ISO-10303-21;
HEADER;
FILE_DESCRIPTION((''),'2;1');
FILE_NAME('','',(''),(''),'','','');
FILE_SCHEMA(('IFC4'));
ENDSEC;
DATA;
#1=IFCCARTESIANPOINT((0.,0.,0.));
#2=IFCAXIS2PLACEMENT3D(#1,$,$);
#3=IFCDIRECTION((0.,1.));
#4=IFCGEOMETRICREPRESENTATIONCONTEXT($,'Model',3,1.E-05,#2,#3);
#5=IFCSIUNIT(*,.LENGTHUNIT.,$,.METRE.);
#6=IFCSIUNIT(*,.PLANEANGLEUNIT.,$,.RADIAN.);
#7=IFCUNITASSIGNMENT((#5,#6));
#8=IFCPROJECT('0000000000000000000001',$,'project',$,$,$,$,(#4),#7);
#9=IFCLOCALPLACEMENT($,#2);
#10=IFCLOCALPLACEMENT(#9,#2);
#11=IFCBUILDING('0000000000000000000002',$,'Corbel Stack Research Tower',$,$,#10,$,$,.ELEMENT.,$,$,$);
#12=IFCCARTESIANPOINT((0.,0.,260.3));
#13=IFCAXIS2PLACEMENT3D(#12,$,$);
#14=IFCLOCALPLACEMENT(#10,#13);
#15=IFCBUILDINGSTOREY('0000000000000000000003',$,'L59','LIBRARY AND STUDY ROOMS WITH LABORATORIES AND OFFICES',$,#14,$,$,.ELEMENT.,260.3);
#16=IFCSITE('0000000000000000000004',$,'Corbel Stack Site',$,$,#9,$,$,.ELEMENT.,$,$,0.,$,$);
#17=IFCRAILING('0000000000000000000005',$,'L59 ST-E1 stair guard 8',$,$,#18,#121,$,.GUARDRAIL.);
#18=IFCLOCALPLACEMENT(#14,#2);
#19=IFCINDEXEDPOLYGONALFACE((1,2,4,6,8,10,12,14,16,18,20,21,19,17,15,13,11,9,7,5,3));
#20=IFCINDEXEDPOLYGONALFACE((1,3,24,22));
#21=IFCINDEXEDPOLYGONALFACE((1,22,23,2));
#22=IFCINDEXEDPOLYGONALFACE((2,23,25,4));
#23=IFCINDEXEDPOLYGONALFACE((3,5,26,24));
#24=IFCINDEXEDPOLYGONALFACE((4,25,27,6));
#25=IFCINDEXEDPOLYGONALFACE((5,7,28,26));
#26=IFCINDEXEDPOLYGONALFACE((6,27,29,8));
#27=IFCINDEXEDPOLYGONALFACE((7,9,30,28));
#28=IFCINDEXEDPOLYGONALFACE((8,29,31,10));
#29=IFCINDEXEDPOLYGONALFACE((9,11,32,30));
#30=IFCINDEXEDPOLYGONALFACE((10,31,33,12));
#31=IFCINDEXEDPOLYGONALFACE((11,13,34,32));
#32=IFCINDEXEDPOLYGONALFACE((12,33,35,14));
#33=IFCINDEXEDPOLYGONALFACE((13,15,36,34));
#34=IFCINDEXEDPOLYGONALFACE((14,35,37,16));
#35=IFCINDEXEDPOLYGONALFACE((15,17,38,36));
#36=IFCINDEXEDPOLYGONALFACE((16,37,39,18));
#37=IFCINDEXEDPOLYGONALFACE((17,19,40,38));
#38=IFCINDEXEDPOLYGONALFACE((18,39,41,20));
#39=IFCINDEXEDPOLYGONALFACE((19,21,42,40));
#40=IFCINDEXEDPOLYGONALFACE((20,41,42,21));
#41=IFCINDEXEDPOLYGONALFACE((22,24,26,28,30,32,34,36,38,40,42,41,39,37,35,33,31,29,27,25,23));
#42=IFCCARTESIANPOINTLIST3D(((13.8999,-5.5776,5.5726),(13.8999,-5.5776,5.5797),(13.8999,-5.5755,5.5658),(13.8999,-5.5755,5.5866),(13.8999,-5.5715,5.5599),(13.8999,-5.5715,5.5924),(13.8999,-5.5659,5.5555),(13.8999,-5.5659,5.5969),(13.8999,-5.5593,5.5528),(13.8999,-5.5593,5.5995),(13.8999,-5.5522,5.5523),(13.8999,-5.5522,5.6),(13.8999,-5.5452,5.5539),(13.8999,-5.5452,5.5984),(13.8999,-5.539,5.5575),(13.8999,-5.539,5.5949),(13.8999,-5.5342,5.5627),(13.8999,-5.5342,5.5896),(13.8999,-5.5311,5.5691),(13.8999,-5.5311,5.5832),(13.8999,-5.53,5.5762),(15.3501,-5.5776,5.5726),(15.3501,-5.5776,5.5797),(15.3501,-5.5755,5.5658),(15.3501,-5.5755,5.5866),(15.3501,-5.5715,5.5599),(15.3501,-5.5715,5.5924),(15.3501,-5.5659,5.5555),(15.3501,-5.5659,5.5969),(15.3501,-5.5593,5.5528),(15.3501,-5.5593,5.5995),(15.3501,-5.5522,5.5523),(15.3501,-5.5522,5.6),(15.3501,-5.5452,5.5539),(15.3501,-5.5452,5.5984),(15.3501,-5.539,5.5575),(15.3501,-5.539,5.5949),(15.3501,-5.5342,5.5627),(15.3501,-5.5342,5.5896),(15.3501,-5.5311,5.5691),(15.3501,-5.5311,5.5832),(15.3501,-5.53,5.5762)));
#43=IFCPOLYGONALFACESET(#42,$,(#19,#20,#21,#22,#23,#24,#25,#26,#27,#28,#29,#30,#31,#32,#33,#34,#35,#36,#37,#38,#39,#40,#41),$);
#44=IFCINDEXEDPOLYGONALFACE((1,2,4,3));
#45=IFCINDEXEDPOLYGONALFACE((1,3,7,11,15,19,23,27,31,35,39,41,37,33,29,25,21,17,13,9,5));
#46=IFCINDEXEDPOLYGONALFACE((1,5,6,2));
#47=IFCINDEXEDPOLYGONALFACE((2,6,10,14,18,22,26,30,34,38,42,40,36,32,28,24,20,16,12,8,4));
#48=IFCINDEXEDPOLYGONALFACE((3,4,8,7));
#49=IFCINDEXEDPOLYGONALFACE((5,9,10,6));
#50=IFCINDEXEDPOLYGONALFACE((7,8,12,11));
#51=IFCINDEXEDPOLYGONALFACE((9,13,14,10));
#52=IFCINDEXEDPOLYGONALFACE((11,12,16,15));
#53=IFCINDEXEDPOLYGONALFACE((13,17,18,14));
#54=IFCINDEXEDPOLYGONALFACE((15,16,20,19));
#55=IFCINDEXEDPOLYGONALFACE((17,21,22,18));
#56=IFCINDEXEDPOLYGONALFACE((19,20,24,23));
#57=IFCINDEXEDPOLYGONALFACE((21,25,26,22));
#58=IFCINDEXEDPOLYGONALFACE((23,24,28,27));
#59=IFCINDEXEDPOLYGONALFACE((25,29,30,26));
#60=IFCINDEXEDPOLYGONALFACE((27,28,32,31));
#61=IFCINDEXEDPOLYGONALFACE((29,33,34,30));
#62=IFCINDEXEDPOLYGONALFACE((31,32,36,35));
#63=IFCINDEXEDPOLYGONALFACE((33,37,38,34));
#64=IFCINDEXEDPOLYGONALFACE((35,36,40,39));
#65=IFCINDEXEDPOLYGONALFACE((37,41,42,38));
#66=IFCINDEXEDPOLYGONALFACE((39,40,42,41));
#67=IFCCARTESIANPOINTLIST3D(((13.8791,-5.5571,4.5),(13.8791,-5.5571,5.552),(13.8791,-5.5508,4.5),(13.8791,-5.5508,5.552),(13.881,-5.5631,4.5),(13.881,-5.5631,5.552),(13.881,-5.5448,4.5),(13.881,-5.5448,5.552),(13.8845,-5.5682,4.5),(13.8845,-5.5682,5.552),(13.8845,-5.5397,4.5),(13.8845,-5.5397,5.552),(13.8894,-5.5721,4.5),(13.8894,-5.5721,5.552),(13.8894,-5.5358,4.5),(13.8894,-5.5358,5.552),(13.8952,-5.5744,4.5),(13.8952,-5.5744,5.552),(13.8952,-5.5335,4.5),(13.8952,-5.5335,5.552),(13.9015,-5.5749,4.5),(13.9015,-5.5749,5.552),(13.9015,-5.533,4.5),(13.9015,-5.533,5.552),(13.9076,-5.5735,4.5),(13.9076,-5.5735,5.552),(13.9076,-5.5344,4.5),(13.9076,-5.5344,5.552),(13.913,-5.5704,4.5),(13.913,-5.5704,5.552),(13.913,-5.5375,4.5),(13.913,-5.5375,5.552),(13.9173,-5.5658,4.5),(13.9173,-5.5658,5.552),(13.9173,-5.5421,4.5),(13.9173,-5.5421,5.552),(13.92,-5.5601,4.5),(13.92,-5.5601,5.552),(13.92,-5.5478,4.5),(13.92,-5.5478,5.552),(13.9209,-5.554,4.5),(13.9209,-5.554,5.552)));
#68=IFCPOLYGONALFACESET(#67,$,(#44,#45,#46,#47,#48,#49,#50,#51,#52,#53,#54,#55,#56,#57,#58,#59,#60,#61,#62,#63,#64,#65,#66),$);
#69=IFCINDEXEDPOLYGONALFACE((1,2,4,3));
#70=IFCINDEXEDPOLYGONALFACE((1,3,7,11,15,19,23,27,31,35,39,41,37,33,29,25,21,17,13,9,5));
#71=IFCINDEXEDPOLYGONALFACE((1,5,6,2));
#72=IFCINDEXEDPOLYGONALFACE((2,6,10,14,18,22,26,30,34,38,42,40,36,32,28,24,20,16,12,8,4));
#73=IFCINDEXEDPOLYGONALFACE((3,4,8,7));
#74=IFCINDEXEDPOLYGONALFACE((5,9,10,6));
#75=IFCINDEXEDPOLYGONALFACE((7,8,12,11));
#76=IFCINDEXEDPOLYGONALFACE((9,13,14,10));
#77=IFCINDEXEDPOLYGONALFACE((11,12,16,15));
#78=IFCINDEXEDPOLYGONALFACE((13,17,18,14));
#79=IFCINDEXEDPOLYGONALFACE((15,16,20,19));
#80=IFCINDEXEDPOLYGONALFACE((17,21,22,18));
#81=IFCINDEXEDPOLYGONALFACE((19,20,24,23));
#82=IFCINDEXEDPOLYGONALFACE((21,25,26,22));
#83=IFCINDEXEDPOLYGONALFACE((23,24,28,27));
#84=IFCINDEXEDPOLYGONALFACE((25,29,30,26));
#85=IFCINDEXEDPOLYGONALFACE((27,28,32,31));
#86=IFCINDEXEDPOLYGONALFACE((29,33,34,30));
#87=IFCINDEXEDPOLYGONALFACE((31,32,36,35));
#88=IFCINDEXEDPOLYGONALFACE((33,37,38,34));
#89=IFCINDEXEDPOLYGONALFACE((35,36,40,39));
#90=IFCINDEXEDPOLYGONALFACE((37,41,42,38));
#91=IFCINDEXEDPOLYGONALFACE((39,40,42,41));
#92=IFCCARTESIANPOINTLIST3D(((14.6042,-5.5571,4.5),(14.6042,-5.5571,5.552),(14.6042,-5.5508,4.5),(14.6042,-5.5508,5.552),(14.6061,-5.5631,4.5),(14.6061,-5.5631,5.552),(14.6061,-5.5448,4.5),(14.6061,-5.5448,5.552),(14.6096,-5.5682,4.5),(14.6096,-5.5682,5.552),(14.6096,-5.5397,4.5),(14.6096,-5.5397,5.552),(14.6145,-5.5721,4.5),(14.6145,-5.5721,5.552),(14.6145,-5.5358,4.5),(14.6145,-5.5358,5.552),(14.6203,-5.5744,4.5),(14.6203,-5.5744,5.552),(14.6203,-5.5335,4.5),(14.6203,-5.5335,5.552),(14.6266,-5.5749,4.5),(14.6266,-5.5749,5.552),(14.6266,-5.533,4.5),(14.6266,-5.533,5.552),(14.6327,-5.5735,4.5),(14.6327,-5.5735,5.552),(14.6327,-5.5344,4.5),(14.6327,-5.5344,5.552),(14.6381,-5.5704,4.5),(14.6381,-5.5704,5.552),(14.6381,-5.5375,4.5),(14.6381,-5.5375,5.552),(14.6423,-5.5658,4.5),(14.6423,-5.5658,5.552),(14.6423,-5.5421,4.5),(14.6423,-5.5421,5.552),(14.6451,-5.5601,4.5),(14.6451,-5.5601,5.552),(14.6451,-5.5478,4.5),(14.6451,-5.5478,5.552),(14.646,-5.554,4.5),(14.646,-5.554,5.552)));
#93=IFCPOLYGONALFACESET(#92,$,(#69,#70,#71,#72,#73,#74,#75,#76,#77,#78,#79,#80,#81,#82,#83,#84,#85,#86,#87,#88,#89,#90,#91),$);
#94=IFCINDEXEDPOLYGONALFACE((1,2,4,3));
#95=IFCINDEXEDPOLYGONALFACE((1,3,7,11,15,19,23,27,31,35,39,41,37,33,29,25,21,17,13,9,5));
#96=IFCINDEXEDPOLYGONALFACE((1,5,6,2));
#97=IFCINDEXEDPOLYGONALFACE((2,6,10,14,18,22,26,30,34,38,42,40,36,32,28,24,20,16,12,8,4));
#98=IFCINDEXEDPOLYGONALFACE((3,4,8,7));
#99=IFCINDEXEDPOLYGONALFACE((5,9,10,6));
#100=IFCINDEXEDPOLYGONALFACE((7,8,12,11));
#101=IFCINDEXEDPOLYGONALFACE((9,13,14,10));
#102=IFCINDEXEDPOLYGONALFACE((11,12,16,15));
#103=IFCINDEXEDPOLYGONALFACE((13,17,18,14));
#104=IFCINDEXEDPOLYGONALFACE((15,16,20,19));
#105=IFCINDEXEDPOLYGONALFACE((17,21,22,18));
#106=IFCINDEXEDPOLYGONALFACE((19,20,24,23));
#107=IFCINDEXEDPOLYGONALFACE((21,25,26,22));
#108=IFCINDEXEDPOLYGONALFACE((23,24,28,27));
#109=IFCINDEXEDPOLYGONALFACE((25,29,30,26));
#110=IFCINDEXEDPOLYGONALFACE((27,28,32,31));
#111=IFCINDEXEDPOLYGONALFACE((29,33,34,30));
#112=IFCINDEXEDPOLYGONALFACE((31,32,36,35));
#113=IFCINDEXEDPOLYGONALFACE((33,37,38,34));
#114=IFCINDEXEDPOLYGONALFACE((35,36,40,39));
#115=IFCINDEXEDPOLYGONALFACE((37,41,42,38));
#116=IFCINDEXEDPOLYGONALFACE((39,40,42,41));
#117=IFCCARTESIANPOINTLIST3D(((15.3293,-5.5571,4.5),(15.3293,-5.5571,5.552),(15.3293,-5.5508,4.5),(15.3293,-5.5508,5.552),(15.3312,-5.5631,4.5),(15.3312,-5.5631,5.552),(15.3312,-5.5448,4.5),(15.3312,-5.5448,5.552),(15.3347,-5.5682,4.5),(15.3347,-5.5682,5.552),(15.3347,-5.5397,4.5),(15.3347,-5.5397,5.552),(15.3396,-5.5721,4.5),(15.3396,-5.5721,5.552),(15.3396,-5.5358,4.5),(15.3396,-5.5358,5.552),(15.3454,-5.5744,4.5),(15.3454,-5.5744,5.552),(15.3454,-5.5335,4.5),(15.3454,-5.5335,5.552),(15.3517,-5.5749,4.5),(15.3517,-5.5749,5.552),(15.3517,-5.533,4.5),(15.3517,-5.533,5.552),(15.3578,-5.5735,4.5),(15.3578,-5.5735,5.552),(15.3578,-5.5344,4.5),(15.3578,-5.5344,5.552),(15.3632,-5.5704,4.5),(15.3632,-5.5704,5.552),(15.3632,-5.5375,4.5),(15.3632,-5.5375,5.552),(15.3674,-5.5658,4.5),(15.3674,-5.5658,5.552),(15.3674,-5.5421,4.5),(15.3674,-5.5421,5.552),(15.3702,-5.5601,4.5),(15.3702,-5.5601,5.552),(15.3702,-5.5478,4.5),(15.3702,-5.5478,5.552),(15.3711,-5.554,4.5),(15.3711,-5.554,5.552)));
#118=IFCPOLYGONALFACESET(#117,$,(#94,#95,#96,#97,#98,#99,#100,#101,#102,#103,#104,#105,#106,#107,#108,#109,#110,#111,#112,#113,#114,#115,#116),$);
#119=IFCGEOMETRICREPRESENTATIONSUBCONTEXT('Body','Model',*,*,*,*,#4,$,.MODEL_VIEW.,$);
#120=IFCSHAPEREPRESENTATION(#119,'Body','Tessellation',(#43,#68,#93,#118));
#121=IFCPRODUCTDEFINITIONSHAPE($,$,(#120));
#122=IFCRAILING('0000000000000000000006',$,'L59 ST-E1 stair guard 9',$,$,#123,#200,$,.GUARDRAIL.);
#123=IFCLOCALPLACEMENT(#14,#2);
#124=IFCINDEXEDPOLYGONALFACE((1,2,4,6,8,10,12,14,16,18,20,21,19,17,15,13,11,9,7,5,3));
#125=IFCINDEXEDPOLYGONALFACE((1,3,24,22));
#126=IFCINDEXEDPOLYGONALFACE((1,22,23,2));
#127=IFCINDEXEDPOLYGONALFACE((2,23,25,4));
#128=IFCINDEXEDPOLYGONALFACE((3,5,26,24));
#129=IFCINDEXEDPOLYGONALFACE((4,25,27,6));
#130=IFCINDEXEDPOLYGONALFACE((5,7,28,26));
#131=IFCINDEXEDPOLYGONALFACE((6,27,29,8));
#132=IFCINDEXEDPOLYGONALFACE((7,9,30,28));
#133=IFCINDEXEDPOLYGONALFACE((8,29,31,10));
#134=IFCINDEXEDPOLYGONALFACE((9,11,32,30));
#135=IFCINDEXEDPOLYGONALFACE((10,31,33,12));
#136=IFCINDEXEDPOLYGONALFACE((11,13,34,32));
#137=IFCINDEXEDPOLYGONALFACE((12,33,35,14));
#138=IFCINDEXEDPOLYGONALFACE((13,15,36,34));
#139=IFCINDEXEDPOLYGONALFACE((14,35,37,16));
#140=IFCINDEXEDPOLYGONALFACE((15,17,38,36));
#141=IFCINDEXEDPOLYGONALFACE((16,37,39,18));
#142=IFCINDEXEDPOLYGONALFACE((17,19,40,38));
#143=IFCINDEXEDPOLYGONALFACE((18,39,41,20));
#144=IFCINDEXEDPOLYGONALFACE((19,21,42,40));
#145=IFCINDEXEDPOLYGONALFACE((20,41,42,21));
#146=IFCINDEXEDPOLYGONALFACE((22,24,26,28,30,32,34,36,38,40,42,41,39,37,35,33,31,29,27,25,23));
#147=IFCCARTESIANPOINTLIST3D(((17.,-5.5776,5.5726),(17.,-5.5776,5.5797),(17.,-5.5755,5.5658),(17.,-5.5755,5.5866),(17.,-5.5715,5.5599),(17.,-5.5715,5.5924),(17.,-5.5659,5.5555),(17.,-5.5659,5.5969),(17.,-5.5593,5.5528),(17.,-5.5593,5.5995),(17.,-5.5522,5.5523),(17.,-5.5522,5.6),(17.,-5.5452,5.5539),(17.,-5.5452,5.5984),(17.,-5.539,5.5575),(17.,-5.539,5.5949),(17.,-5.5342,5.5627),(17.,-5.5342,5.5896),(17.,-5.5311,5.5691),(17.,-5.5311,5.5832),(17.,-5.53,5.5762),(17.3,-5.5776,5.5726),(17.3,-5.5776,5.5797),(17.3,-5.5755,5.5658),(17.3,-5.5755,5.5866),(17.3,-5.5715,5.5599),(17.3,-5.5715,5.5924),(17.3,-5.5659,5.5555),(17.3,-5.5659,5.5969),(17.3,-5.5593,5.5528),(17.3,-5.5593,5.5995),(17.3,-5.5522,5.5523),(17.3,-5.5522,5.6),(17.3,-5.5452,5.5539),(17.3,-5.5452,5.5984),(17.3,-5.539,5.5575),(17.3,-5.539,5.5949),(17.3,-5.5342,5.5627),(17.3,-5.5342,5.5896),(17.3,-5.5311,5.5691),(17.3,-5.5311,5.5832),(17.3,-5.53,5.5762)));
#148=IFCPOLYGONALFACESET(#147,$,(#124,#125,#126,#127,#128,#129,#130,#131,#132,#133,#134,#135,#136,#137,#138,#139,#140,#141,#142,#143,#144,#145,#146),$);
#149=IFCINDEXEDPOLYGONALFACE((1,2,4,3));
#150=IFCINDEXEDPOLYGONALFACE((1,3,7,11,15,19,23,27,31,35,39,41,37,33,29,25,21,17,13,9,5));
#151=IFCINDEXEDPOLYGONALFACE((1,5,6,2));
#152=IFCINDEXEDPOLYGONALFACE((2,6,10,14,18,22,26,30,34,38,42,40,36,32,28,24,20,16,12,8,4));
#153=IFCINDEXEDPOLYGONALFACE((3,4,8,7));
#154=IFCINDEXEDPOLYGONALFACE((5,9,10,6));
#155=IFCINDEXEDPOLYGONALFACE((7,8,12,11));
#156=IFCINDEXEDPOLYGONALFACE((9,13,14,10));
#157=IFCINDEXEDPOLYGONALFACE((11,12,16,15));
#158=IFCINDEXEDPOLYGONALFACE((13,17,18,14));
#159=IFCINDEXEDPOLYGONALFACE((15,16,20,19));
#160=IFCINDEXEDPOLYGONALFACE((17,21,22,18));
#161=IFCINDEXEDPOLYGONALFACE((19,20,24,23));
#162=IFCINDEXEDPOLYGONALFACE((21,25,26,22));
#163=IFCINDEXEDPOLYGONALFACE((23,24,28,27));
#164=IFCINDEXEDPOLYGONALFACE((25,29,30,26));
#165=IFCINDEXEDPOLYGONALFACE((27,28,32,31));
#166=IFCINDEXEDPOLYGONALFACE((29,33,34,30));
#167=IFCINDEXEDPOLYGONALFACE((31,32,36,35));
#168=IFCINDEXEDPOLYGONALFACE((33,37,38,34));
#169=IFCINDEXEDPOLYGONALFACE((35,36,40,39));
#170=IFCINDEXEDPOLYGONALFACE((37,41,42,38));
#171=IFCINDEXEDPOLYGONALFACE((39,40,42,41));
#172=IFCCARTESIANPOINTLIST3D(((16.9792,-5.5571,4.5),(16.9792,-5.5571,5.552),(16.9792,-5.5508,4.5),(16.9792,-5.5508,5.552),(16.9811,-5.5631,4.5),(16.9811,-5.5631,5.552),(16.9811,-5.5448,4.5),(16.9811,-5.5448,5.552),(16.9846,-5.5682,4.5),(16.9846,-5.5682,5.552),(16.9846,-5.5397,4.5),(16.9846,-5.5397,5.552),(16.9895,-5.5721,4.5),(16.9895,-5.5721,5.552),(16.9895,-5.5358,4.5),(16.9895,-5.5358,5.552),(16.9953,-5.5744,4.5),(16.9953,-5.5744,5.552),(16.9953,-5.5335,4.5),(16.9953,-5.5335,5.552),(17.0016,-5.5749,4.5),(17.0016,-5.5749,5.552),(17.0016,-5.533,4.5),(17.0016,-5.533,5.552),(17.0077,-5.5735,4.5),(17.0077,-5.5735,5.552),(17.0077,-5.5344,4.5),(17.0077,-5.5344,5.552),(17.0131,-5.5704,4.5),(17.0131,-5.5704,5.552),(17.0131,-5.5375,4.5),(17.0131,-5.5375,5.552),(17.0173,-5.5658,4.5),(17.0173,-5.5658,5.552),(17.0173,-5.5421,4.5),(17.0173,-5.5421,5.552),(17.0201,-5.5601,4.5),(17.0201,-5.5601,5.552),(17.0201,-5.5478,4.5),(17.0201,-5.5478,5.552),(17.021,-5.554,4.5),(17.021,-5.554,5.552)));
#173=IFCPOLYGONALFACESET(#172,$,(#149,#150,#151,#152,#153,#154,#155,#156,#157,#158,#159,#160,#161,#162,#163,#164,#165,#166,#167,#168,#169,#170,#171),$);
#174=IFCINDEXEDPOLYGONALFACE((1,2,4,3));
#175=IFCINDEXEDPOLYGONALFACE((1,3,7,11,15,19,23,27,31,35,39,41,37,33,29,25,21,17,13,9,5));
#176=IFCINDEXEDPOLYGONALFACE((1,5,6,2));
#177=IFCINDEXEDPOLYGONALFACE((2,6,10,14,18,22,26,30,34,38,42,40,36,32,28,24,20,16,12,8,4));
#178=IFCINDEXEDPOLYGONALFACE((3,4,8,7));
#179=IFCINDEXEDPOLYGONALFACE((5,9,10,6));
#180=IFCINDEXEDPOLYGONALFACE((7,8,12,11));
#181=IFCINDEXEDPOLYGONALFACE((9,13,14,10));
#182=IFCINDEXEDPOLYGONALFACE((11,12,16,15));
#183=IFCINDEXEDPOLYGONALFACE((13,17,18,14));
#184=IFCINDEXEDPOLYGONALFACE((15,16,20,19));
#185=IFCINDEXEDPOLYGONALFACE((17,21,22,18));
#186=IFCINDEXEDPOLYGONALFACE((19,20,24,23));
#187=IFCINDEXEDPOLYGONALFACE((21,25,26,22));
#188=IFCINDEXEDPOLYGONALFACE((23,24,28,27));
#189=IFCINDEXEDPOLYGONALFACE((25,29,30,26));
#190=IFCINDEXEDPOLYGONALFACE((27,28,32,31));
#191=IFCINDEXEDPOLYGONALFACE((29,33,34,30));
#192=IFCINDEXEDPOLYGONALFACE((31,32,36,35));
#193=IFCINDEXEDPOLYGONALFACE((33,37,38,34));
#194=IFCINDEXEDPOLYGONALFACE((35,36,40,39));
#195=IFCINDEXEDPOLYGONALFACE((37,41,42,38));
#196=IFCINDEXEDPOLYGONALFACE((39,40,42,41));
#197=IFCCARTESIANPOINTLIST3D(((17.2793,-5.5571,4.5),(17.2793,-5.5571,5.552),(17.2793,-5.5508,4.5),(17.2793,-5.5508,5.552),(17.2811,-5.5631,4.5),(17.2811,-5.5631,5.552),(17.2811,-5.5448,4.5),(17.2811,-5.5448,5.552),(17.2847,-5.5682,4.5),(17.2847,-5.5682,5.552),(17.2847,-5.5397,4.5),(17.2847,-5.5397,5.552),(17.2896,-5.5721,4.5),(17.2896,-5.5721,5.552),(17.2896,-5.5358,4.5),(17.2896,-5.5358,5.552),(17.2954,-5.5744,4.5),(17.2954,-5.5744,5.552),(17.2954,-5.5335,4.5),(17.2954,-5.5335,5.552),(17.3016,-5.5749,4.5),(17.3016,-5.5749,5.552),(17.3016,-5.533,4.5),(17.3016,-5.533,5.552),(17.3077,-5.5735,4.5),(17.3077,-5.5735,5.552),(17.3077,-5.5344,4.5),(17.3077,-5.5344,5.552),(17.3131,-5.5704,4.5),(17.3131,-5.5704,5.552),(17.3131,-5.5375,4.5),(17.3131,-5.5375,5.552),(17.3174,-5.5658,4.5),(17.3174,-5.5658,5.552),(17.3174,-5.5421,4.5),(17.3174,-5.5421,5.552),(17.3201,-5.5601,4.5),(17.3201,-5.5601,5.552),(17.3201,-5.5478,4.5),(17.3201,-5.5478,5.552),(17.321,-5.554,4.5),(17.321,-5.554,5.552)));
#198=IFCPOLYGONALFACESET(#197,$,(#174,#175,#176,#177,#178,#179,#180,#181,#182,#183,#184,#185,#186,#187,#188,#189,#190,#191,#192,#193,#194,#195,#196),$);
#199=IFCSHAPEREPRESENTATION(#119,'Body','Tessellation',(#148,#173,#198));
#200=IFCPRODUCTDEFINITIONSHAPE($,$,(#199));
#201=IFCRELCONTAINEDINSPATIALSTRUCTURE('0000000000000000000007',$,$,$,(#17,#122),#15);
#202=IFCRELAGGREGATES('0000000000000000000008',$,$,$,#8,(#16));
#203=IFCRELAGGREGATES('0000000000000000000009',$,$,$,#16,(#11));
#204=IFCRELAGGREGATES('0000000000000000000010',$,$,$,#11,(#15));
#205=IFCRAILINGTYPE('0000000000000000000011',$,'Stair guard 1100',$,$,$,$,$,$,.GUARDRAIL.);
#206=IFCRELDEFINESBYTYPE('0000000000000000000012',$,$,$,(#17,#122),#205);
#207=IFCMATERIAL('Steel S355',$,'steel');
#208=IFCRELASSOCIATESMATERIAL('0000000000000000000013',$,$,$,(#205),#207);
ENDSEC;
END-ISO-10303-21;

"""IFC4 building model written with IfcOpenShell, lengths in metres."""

from ifc_helpers import new_model, si_unit, direction, frame, origin, origin_2d, place, context, subcontext, project, spatial, circle, extrude, material, type_object, element, save


model = new_model("IFC4")

# Units and contexts
model_context = context("Model", 3, precision=1e-05, world=origin(), true_north=direction((0.0, 1.0)))
body_context = subcontext(model_context, "Body", "Model", "MODEL_VIEW")
ifc_project = project(units=[si_unit("LENGTHUNIT", "METRE"), si_unit("PLANEANGLEUNIT", "RADIAN")], contexts=[model_context])

# Site, building, storey
site_placement = place(None, origin())
site = spatial("IfcSite", under=ifc_project, at=site_placement, Name="Corbel Stack Site", CompositionType="ELEMENT", RefElevation=0.0)
building_placement = place(site_placement, origin())
building = spatial("IfcBuilding", under=site, at=building_placement, Name="Corbel Stack Research Tower", CompositionType="ELEMENT")
storey_placement = place(building_placement, frame((0.0, 0.0, 260.3)))
storey = spatial("IfcBuildingStorey", under=building, at=storey_placement, Name="L59", Description="LIBRARY AND STUDY ROOMS WITH LABORATORIES AND OFFICES", CompositionType="ELEMENT", Elevation=260.3)

# Railings
ifc_material_1 = material(Name="Steel S355", Category="steel")
railing_type_1 = type_object("IfcRailingType", Name="Stair guard 1100", PredefinedType="GUARDRAIL", material=ifc_material_1)
railing_1_placement = place(storey_placement, frame((13.8999, -5.554, 4.5)))
element("IfcRailing", 1, at=railing_1_placement, inside=storey, type_object=railing_type_1, Name="L59 ST-E1 stair guard 8", PredefinedType="GUARDRAIL", context=body_context, shape_type="SweptSolid", body=[
    extrude(circle(Radius=0.0239, at=origin_2d()), frame((0.0, 0.0, 1.0762), z_axis=(1.0, 0.0, 0.0), x_axis=(0.0, 1.0, 0.0)), (0.0, 0.0, 1.0), 1.4502),
    extrude(circle(Radius=0.021, at=origin_2d()), origin(), (0.0, 0.0, 1.0), 1.052),
    extrude(circle(Radius=0.021, at=origin_2d()), frame((0.7251, 0.0, 0.0)), (0.0, 0.0, 1.0), 1.052),
    extrude(circle(Radius=0.021, at=origin_2d()), frame((1.4502, 0.0, 0.0)), (0.0, 0.0, 1.0), 1.052),
])
railing_2_placement = place(storey_placement, frame((17.0, -5.554, 4.5)))
element("IfcRailing", 2, at=railing_2_placement, inside=storey, type_object=railing_type_1, Name="L59 ST-E1 stair guard 9", PredefinedType="GUARDRAIL", context=body_context, shape_type="SweptSolid", body=[
    extrude(circle(Radius=0.0239, at=origin_2d()), frame((0.0, 0.0, 1.0762), z_axis=(1.0, 0.0, 0.0), x_axis=(0.0, 1.0, 0.0)), (0.0, 0.0, 1.0), 0.3),
    extrude(circle(Radius=0.021, at=origin_2d()), origin(), (0.0, 0.0, 1.0), 1.052),
    extrude(circle(Radius=0.021, at=origin_2d()), frame((0.3, 0.0, 0.0)), (0.0, 0.0, 1.0), 1.052),
])

save(model, "model.ifc")
